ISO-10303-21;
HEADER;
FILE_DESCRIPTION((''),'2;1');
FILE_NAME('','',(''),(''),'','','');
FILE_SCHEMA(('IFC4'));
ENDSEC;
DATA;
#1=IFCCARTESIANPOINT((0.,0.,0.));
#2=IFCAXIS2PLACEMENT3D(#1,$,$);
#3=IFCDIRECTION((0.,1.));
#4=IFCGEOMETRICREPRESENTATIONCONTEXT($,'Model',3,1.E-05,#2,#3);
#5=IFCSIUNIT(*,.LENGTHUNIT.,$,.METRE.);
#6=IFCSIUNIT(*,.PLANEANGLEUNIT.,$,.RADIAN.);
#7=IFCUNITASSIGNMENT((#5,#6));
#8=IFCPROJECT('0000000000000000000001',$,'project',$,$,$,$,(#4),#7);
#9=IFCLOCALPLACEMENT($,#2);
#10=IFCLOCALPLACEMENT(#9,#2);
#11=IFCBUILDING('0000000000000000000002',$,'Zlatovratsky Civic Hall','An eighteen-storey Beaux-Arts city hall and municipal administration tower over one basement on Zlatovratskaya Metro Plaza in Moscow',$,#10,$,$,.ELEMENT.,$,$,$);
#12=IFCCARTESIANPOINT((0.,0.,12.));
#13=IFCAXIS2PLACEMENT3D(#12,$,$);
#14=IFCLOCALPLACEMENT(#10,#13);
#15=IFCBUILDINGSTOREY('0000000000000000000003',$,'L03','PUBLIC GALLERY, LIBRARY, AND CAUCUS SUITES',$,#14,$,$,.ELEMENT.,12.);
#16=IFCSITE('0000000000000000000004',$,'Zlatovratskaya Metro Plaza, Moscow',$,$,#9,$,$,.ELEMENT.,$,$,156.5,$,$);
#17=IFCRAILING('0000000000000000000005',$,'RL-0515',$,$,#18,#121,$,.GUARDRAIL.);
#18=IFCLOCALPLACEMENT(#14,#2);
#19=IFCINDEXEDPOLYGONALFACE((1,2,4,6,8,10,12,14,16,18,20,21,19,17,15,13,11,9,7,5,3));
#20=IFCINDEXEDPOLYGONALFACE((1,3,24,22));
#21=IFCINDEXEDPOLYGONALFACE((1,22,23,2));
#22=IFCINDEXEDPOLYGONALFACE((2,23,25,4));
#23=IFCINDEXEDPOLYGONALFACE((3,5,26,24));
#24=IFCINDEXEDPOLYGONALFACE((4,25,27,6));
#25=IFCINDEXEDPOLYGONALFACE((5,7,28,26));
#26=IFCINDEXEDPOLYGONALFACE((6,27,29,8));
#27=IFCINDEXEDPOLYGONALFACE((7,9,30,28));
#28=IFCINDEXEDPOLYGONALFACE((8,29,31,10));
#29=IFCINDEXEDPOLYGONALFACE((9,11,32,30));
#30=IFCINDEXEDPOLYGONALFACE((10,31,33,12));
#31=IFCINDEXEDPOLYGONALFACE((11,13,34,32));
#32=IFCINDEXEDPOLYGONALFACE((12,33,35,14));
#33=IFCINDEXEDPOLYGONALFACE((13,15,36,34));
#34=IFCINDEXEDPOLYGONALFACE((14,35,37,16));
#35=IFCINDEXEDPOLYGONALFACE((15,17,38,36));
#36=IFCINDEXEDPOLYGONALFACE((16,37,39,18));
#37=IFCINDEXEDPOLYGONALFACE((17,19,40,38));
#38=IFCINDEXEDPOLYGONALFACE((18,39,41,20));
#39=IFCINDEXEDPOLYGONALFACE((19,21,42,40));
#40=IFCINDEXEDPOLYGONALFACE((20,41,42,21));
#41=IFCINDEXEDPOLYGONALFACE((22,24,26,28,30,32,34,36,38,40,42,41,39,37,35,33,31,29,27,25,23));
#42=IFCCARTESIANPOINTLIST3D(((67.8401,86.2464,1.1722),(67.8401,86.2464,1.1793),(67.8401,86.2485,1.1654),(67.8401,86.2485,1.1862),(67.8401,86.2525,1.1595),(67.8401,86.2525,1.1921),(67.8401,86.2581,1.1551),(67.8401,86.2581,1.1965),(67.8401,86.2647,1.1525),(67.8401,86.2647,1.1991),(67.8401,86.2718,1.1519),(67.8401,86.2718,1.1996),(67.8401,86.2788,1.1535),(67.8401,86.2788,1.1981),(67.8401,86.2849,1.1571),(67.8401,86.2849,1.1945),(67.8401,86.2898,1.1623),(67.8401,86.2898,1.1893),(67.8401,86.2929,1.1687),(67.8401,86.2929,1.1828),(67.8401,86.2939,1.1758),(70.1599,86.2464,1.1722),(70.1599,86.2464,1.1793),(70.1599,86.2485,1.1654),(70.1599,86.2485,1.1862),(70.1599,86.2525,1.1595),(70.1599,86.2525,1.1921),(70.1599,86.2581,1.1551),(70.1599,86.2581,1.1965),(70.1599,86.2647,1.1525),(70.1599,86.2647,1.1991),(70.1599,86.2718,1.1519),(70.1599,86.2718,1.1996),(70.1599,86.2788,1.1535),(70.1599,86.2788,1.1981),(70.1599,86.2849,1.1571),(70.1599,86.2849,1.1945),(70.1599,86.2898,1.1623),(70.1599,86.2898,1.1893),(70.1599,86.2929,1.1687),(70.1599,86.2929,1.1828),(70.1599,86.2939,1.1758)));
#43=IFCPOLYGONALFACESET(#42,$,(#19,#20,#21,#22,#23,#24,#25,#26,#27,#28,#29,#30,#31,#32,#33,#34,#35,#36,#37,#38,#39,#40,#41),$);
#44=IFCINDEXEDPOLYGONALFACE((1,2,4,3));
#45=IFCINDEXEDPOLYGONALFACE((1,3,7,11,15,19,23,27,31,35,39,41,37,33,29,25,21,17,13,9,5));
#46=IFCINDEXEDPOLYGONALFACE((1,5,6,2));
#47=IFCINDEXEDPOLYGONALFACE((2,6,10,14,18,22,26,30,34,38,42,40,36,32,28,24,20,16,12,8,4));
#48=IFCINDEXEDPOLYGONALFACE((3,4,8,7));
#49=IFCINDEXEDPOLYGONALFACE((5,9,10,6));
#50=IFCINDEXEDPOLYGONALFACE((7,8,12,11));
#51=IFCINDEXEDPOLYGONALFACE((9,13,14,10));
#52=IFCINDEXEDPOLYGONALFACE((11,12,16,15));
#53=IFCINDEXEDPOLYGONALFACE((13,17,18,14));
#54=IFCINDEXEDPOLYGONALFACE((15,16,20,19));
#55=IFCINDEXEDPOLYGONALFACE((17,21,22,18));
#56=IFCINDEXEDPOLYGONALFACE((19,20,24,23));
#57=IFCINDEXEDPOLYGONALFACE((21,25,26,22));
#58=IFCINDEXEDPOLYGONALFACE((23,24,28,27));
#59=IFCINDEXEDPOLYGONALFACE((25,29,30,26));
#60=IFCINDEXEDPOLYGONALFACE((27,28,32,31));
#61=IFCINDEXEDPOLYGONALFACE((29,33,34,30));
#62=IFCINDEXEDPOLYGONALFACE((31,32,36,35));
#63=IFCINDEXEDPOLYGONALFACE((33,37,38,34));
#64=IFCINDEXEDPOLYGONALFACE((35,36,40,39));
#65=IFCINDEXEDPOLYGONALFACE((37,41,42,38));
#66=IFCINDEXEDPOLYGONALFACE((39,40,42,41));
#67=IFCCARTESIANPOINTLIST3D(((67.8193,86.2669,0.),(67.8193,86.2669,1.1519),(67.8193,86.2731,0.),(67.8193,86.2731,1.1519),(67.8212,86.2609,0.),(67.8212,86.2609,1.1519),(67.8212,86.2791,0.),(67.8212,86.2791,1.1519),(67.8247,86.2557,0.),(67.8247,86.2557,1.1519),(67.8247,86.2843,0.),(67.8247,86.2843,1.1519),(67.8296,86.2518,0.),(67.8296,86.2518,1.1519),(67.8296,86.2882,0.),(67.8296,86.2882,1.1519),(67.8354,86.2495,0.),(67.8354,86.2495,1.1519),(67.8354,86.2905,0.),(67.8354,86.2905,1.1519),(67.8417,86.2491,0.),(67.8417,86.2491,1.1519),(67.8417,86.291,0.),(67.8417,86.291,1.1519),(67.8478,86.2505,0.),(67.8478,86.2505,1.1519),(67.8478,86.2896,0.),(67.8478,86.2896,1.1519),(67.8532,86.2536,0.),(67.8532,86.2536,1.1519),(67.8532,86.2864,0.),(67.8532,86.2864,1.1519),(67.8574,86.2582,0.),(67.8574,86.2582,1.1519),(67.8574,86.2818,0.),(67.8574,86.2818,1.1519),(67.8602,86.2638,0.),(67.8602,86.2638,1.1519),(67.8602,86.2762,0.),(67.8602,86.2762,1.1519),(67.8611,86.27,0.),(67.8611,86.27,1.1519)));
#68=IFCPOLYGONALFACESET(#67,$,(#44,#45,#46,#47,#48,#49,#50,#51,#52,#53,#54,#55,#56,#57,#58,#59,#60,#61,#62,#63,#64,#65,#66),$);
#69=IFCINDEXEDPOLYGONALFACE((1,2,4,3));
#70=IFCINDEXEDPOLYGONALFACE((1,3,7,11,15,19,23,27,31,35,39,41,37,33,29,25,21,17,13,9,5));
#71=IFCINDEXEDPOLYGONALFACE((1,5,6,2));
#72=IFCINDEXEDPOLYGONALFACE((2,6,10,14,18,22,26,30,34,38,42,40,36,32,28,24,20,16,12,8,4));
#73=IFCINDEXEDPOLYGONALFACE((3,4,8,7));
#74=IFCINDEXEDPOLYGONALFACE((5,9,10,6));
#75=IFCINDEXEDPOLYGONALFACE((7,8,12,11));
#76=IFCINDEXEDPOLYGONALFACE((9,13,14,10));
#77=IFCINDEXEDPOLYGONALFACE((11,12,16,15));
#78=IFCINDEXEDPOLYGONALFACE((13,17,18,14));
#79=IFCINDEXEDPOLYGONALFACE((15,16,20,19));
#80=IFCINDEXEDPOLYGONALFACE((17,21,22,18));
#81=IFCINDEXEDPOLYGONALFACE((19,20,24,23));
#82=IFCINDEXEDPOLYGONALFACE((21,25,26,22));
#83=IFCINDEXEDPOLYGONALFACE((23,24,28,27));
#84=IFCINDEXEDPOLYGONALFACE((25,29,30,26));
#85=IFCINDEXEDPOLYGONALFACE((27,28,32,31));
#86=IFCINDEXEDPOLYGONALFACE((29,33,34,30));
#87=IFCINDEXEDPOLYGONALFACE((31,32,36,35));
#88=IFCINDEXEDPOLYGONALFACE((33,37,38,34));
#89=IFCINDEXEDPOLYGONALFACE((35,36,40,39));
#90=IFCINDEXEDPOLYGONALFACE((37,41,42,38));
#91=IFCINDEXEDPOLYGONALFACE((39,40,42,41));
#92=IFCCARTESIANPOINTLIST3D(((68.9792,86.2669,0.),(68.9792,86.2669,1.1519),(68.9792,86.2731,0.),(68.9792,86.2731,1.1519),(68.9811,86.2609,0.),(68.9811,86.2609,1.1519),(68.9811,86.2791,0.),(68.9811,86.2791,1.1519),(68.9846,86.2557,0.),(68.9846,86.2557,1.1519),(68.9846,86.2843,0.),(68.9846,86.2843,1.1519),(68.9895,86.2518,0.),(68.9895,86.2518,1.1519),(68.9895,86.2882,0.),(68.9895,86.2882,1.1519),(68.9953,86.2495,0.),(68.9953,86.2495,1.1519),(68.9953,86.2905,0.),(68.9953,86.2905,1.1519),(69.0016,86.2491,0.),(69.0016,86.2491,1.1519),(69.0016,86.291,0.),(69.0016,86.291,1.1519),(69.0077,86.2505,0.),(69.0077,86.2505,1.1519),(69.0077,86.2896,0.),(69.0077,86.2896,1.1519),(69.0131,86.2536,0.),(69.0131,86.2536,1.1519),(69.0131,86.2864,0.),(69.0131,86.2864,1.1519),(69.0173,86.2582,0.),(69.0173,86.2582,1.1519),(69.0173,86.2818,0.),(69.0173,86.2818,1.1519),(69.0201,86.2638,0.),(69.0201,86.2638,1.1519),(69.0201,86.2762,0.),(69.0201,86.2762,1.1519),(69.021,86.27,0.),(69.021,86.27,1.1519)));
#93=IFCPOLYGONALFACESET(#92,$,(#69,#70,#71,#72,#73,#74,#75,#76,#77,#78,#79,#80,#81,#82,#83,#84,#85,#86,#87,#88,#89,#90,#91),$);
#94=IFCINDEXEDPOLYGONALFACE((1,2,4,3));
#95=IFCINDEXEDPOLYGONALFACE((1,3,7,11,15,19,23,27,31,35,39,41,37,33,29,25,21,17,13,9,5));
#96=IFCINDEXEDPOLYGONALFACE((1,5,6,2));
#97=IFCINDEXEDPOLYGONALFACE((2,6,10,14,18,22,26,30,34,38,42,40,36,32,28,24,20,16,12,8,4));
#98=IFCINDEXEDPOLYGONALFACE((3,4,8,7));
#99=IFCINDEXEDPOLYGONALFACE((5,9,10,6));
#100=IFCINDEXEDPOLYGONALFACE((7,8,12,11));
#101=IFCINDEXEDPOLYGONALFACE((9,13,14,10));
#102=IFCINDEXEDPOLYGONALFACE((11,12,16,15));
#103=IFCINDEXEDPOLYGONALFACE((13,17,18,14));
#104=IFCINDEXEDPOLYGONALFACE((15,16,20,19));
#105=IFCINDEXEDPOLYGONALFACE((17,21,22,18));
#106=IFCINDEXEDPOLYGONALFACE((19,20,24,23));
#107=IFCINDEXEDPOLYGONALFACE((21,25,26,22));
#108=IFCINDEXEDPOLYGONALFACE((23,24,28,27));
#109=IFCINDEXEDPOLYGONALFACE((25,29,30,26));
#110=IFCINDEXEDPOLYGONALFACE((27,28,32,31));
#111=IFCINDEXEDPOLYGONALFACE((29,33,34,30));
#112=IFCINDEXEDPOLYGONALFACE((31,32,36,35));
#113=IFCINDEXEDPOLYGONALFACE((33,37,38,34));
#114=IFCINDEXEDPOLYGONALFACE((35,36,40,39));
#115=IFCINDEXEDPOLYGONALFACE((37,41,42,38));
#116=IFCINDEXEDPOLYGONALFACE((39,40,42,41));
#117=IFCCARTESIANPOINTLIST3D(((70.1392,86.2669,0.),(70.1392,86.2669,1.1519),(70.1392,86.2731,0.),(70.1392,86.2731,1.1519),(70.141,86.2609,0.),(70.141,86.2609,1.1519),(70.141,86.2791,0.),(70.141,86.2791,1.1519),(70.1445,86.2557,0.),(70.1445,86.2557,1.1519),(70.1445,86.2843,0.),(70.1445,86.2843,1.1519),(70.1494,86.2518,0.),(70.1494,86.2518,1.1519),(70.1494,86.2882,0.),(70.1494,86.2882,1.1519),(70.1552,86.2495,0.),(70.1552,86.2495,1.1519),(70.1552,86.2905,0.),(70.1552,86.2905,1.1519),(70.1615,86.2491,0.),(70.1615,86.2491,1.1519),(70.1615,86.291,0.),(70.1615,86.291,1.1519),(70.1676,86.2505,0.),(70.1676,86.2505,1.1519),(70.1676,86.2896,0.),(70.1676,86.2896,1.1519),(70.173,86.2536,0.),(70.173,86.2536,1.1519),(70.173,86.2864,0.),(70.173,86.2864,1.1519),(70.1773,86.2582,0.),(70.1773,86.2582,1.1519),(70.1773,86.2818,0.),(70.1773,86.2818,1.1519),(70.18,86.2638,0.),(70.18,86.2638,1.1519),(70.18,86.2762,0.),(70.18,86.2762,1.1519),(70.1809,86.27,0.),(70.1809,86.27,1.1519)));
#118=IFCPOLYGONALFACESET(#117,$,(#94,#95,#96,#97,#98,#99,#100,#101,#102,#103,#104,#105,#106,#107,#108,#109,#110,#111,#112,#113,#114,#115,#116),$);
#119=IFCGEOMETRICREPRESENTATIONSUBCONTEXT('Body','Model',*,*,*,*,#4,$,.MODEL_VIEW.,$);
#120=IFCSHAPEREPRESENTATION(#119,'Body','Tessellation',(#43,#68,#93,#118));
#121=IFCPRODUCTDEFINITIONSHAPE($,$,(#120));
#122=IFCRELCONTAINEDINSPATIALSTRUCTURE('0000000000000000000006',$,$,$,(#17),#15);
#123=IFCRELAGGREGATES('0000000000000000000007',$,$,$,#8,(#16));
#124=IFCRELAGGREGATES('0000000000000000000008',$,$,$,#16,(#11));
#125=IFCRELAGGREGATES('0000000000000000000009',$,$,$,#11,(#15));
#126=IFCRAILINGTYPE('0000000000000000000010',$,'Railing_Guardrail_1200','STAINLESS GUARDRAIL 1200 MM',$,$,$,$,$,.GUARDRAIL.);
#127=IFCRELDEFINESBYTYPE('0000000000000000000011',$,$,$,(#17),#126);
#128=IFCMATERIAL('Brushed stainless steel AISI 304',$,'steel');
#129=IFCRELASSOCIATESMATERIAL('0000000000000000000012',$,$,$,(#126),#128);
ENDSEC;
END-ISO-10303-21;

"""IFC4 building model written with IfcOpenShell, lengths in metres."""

from ifc_helpers import new_model, si_unit, direction, frame, origin, origin_2d, place, context, subcontext, project, spatial, circle, extrude, material, type_object, element, save


model = new_model("IFC4")

# Units and contexts
model_context = context("Model", 3, precision=1e-05, world=origin(), true_north=direction((0.0, 1.0)))
body_context = subcontext(model_context, "Body", "Model", "MODEL_VIEW")
ifc_project = project(units=[si_unit("LENGTHUNIT", "METRE"), si_unit("PLANEANGLEUNIT", "RADIAN")], contexts=[model_context])

# Site, building, storey
site_placement = place(None, origin())
site = spatial("IfcSite", under=ifc_project, at=site_placement, Name="Zlatovratskaya Metro Plaza, Moscow", CompositionType="ELEMENT", RefElevation=156.5)
building_placement = place(site_placement, origin())
building = spatial("IfcBuilding", under=site, at=building_placement, Name="Zlatovratsky Civic Hall", Description="An eighteen-storey Beaux-Arts city hall and municipal administration tower over one basement on Zlatovratskaya Metro Plaza in Moscow", CompositionType="ELEMENT")
storey_placement = place(building_placement, frame((0.0, 0.0, 12.0)))
storey = spatial("IfcBuildingStorey", under=building, at=storey_placement, Name="L03", Description="PUBLIC GALLERY, LIBRARY, AND CAUCUS SUITES", CompositionType="ELEMENT", Elevation=12.0)

# Railing
ifc_material_1 = material(Name="Brushed stainless steel AISI 304", Category="steel")
railing_type_1 = type_object("IfcRailingType", Name="Railing_Guardrail_1200", Description="STAINLESS GUARDRAIL 1200 MM", PredefinedType="GUARDRAIL", material=ifc_material_1)
railing_1_placement = place(storey_placement, frame((67.8401, 86.27, 0.0)))
element("IfcRailing", 1, at=railing_1_placement, inside=storey, type_object=railing_type_1, Name="RL-0515", PredefinedType="GUARDRAIL", context=body_context, shape_type="SweptSolid", body=[
    extrude(circle(Radius=0.0239, at=origin_2d()), frame((0.0, 0.0, 1.1758), z_axis=(1.0, 0.0, 0.0), x_axis=(0.0, 1.0, 0.0)), (0.0, 0.0, 1.0), 2.3198),
    extrude(circle(Radius=0.021, at=origin_2d()), origin(), (0.0, 0.0, 1.0), 1.1519),
    extrude(circle(Radius=0.021, at=origin_2d()), frame((1.1599, 0.0, 0.0)), (0.0, 0.0, 1.0), 1.1519),
    extrude(circle(Radius=0.021, at=origin_2d()), frame((2.3198, 0.0, 0.0)), (0.0, 0.0, 1.0), 1.1519),
])

save(model, "model.ifc")
